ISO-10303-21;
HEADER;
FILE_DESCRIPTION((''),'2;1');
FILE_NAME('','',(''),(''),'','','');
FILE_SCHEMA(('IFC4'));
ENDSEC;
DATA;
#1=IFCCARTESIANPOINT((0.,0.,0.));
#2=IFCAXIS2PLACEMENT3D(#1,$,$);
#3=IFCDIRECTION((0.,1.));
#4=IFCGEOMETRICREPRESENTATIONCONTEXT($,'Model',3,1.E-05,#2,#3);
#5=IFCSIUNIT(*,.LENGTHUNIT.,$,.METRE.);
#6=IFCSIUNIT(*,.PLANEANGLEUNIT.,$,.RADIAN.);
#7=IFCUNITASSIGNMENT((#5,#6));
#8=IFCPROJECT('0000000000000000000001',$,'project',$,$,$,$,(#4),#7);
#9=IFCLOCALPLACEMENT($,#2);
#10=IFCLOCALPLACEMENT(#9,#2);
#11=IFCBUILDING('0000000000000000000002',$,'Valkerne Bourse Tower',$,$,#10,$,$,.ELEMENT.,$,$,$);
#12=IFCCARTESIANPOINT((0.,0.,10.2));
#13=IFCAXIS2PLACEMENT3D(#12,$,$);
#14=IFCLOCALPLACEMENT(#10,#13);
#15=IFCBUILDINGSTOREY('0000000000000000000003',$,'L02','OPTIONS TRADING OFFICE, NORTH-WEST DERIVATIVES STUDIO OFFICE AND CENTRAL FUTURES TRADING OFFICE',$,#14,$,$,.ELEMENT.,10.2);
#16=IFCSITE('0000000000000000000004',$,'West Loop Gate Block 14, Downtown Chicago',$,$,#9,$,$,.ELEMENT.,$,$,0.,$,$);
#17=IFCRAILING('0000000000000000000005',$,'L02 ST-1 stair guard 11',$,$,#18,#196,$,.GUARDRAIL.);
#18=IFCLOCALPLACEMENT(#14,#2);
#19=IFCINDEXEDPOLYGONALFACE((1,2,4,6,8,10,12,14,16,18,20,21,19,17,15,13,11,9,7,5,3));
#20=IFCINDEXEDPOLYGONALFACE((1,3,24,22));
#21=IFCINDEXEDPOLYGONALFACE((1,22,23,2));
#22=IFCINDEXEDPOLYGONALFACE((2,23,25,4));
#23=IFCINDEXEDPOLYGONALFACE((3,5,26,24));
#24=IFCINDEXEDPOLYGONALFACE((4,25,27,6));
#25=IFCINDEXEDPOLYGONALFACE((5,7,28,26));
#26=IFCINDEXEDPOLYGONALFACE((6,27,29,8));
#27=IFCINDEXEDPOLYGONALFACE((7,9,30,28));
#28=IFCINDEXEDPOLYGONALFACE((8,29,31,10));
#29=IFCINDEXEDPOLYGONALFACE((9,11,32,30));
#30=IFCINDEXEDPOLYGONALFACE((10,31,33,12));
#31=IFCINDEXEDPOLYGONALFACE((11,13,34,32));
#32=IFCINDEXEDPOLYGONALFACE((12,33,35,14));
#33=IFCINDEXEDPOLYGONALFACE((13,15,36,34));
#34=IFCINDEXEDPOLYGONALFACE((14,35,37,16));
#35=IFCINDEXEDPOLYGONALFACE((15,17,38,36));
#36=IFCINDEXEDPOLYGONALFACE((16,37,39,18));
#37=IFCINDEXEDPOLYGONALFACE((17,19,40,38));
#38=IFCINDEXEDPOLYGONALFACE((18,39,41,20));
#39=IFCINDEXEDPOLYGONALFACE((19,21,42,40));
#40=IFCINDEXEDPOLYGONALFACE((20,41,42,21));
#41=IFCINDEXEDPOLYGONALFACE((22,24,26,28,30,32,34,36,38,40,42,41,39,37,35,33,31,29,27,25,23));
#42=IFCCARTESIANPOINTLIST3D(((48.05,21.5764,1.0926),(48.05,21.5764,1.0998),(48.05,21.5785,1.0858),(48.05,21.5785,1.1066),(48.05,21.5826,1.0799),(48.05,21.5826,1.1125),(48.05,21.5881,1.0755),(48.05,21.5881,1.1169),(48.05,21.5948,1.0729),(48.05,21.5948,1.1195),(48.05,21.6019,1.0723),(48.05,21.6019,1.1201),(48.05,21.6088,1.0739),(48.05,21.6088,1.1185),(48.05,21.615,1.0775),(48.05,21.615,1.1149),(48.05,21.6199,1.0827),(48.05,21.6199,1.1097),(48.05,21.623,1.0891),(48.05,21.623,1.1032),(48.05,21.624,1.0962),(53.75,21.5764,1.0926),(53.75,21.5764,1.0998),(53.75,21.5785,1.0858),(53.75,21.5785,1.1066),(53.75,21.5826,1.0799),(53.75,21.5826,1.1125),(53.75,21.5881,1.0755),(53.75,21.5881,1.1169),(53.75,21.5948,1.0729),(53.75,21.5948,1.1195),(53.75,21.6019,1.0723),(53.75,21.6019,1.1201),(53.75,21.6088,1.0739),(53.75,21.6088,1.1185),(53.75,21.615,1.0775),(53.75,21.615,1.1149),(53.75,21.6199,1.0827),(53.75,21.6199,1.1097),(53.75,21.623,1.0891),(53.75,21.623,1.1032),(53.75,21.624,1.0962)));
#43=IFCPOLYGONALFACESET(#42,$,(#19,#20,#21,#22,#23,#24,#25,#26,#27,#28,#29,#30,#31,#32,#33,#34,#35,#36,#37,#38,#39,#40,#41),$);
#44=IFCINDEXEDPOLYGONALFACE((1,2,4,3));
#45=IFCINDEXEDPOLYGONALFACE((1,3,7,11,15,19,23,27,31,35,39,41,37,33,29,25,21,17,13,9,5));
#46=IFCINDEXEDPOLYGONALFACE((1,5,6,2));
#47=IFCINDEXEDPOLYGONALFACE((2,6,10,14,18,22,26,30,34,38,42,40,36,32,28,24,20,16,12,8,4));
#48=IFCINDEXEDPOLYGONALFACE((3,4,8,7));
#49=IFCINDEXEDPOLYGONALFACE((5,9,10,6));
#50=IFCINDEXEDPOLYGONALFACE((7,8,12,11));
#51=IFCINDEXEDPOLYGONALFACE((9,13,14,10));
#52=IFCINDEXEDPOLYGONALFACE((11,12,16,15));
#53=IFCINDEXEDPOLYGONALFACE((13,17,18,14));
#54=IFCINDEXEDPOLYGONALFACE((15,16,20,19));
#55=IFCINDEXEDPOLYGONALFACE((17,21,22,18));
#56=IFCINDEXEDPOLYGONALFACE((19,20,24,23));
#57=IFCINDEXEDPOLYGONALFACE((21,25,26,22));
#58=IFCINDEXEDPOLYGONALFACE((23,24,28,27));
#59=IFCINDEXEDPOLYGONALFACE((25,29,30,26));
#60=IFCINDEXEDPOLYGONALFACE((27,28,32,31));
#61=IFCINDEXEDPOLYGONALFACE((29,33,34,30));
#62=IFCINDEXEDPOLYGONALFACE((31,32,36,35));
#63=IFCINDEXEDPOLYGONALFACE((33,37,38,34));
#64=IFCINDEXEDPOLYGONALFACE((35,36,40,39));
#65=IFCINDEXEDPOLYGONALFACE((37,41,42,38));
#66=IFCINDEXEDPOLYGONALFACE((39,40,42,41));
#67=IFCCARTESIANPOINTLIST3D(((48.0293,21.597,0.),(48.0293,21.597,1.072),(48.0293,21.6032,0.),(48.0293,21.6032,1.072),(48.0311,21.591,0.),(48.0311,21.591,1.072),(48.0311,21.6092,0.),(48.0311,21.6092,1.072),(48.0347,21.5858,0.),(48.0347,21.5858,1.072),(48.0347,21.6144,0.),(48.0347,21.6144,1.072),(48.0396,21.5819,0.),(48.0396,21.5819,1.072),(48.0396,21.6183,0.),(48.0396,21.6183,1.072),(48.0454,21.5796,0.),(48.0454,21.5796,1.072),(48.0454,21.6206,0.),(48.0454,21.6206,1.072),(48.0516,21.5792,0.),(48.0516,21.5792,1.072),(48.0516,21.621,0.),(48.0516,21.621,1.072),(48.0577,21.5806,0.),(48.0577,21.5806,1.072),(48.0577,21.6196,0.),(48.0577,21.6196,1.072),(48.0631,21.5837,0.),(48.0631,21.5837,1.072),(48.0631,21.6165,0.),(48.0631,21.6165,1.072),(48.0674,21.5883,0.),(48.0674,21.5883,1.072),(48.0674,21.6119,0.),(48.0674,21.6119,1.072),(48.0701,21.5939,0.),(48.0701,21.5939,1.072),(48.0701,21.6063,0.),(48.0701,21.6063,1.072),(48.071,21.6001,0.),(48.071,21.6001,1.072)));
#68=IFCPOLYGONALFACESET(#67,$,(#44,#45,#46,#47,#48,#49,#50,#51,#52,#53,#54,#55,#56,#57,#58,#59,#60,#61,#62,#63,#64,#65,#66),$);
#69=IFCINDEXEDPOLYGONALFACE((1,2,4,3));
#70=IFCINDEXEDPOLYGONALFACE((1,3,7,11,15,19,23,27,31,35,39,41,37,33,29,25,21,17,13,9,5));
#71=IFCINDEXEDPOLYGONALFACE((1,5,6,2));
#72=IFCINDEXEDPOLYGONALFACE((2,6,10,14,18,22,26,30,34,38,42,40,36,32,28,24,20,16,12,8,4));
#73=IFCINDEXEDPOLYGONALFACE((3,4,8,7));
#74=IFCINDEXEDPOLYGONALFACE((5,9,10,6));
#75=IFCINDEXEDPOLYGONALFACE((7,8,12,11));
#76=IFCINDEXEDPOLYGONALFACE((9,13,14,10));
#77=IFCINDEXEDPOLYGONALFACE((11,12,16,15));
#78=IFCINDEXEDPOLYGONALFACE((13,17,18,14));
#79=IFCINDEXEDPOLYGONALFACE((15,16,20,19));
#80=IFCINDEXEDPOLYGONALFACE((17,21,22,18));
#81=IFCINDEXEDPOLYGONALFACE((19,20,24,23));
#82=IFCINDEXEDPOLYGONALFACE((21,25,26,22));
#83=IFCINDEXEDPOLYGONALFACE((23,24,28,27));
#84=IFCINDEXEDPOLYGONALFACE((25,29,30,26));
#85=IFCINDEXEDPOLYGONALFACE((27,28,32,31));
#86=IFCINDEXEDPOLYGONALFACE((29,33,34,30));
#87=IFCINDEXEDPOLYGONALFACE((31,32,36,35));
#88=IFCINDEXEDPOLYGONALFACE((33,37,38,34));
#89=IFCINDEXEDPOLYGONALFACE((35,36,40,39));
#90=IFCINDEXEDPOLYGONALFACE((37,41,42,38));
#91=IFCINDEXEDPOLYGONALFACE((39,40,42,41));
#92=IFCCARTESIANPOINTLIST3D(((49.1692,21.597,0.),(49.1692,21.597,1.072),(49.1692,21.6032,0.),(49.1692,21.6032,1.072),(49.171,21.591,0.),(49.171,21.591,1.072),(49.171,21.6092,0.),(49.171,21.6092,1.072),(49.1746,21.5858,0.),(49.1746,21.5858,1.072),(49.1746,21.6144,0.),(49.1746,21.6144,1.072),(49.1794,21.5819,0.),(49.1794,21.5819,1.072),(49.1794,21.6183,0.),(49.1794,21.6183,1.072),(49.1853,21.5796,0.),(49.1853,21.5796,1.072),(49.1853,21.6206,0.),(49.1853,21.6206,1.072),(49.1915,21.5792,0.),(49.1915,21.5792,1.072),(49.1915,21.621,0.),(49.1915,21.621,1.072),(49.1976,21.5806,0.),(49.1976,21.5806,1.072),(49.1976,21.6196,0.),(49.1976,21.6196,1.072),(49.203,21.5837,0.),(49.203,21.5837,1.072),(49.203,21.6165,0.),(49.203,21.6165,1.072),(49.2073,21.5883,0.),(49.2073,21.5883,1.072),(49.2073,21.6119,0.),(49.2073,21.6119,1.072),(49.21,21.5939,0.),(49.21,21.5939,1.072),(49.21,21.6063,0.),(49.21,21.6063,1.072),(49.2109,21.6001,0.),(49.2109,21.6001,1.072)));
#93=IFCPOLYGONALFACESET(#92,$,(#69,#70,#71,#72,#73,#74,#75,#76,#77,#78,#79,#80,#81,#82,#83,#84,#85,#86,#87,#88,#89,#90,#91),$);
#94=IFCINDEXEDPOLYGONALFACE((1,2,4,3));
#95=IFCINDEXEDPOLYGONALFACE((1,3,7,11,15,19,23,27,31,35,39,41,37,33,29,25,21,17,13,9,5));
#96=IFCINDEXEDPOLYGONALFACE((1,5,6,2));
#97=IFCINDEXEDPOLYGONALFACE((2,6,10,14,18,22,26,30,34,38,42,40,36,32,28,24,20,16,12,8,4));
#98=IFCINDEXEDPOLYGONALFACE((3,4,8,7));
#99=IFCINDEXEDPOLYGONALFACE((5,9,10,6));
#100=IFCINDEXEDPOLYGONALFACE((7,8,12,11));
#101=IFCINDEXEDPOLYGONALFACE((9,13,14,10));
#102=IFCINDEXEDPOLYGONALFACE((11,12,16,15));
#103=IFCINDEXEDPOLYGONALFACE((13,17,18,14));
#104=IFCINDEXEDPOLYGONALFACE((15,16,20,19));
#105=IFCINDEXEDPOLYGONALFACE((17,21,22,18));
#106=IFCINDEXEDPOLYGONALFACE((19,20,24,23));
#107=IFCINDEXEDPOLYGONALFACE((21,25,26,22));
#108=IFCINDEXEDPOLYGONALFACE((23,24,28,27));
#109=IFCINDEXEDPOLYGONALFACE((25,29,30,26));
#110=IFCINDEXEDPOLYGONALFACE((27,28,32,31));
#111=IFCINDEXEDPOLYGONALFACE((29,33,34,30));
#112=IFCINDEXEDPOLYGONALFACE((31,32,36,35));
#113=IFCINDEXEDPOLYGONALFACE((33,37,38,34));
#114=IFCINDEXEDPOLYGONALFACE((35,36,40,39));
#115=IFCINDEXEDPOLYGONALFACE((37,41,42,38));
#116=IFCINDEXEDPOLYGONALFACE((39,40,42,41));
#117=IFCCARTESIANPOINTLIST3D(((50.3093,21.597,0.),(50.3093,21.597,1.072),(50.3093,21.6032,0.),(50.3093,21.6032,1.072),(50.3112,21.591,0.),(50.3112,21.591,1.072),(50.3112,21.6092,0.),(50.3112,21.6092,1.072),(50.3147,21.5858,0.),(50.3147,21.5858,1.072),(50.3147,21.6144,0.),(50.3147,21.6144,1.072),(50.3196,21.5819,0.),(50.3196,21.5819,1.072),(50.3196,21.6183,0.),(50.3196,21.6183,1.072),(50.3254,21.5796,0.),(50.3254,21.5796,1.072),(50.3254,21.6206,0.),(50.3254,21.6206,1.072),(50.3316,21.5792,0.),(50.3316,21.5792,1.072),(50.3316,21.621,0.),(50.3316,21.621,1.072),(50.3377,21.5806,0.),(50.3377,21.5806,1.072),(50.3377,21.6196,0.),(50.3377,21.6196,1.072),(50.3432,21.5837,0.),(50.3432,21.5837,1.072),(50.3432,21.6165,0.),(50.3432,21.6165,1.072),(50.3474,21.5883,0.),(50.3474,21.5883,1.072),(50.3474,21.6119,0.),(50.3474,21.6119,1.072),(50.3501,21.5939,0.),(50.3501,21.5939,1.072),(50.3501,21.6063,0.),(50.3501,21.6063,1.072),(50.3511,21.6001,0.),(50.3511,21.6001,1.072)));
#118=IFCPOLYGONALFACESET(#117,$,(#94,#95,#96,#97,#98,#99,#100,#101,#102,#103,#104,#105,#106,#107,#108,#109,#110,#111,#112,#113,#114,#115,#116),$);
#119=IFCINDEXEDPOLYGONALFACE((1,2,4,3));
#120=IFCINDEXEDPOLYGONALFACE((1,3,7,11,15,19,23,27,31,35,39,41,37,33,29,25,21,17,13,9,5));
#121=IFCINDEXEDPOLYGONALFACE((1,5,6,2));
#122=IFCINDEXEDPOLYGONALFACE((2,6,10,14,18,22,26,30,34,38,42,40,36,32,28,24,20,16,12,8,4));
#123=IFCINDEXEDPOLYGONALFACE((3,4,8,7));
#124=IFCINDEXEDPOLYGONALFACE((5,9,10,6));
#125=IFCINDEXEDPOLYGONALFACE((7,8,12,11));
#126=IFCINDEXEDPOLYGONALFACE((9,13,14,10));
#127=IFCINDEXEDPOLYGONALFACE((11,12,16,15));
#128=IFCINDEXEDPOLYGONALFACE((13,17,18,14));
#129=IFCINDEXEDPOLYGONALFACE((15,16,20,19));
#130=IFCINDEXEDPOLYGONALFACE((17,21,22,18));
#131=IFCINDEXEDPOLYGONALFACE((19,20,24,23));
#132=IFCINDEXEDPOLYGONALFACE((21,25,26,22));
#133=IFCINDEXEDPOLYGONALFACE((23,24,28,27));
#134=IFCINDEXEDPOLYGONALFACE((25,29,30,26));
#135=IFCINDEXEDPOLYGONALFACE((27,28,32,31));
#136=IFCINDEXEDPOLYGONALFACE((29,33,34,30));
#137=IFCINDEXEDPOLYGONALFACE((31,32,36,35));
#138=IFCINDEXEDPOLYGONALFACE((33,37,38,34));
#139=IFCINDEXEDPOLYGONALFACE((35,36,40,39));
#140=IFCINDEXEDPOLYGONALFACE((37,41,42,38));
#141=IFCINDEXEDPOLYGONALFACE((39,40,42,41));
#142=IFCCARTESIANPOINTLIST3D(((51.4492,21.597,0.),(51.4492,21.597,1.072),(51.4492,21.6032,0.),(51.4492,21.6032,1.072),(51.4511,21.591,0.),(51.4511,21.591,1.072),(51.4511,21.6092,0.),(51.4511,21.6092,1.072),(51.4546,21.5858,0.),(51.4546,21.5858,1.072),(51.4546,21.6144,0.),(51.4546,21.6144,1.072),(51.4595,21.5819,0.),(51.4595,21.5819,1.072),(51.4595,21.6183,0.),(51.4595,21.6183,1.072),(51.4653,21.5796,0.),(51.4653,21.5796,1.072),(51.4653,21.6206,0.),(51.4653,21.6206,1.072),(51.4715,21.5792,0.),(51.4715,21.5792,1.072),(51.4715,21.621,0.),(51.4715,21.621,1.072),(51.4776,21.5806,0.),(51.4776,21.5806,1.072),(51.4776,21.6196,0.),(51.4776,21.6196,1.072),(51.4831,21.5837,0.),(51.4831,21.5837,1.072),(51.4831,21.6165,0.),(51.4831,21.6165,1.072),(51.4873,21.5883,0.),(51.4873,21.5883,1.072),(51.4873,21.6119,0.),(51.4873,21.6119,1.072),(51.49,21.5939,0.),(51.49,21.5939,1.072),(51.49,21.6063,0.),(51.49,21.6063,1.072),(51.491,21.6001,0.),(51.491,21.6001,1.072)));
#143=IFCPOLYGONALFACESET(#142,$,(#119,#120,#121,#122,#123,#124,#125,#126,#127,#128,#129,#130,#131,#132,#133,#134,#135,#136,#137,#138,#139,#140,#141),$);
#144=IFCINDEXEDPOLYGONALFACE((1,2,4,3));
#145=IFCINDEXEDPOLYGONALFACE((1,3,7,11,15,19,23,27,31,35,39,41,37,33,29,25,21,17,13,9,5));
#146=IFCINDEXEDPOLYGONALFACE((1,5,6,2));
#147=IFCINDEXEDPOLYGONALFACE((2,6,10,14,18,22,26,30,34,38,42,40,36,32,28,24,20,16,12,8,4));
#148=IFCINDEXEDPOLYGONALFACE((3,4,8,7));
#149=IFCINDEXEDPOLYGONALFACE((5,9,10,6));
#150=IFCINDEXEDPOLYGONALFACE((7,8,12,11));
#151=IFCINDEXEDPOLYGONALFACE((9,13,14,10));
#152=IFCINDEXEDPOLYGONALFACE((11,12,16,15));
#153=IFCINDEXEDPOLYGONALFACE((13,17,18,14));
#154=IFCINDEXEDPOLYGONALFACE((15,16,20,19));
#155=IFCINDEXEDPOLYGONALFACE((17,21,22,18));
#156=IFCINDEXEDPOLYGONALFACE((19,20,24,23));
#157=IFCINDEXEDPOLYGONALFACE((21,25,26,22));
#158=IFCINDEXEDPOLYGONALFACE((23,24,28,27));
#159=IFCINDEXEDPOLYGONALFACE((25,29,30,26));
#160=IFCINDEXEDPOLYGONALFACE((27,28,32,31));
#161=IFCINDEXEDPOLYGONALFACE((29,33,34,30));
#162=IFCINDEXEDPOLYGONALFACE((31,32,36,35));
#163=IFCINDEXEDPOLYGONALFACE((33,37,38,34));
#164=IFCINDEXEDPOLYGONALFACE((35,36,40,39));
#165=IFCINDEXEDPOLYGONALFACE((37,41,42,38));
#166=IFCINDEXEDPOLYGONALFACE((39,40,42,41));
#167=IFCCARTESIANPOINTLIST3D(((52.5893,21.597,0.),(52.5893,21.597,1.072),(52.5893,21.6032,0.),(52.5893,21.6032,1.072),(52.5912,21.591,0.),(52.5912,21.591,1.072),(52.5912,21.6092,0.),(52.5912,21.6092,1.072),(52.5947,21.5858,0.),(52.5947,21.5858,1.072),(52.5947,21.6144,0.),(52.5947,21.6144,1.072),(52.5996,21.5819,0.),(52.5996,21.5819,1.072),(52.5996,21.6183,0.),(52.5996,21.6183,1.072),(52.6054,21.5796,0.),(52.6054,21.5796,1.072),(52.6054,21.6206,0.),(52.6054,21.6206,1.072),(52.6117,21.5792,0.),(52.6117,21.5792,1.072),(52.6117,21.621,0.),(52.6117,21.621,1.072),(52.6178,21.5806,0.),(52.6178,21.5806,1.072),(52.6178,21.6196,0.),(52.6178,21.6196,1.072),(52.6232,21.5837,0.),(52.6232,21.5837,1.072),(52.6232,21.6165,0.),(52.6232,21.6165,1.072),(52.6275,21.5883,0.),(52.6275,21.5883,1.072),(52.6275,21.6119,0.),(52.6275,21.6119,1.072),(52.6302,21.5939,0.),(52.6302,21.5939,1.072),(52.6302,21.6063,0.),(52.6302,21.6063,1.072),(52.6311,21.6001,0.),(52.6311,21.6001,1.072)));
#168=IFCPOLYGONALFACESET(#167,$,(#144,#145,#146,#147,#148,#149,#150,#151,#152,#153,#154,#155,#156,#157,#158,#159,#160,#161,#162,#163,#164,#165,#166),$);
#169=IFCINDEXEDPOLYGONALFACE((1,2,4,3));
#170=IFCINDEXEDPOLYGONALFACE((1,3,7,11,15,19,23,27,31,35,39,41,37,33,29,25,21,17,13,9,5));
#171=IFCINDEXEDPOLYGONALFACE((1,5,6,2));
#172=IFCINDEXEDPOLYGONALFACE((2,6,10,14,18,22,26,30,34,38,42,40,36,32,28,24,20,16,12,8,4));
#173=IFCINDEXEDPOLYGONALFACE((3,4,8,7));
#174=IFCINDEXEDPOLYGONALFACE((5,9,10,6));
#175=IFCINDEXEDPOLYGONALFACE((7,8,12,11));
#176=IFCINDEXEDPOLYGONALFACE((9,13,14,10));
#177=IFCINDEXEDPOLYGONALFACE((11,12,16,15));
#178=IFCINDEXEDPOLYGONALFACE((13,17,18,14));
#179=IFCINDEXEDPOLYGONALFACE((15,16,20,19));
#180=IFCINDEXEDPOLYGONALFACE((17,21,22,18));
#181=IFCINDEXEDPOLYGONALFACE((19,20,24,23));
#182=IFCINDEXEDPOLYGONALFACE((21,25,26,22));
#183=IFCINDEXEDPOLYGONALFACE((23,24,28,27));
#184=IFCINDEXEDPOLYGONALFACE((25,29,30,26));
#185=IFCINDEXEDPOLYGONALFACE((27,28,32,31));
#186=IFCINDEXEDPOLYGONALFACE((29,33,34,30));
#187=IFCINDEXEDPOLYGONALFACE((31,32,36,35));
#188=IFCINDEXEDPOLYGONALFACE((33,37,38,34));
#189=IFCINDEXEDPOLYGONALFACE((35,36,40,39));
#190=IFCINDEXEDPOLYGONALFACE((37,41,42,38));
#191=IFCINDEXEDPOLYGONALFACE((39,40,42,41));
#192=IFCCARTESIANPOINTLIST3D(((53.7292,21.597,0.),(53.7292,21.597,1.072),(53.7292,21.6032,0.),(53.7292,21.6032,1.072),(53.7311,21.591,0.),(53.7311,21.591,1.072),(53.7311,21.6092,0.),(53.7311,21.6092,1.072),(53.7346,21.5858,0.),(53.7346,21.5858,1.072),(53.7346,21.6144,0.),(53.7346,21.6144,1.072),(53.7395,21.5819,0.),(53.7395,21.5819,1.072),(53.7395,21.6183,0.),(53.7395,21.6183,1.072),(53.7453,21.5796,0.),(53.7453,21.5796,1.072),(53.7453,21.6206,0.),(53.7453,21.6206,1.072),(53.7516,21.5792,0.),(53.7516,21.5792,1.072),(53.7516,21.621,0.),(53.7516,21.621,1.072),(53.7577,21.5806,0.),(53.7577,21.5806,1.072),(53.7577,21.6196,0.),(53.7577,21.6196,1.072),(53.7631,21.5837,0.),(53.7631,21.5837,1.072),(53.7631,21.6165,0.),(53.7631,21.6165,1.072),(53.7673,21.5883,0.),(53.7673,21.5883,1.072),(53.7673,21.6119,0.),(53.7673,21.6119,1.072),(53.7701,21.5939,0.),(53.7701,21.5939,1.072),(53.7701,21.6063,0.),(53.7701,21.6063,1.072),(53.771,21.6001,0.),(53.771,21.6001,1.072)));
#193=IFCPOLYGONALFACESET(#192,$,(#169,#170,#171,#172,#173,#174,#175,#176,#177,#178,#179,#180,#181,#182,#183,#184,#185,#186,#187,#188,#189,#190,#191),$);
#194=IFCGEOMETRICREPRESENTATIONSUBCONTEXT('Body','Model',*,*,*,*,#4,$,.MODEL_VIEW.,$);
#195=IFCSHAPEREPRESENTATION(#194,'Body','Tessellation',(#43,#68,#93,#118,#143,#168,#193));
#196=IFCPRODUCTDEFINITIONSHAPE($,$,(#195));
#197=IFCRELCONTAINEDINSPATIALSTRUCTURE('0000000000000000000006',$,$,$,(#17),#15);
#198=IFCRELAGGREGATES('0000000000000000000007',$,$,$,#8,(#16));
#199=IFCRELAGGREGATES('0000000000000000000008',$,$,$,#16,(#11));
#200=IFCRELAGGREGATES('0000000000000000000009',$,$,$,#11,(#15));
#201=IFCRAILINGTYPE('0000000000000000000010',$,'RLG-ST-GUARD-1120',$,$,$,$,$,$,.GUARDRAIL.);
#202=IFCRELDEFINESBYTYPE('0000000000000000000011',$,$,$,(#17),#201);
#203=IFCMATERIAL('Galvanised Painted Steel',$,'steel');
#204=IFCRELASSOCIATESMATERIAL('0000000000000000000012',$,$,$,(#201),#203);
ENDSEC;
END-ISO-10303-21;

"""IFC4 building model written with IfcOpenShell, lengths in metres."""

from ifc_helpers import new_model, si_unit, direction, frame, origin, origin_2d, place, context, subcontext, project, spatial, circle, extrude, material, type_object, element, save


model = new_model("IFC4")

# Units and contexts
model_context = context("Model", 3, precision=1e-05, world=origin(), true_north=direction((0.0, 1.0)))
body_context = subcontext(model_context, "Body", "Model", "MODEL_VIEW")
ifc_project = project(units=[si_unit("LENGTHUNIT", "METRE"), si_unit("PLANEANGLEUNIT", "RADIAN")], contexts=[model_context])

# Site, building, storey
site_placement = place(None, origin())
site = spatial("IfcSite", under=ifc_project, at=site_placement, Name="West Loop Gate Block 14, Downtown Chicago", CompositionType="ELEMENT", RefElevation=0.0)
building_placement = place(site_placement, origin())
building = spatial("IfcBuilding", under=site, at=building_placement, Name="Valkerne Bourse Tower", CompositionType="ELEMENT")
storey_placement = place(building_placement, frame((0.0, 0.0, 10.2)))
storey = spatial("IfcBuildingStorey", under=building, at=storey_placement, Name="L02", Description="OPTIONS TRADING OFFICE, NORTH-WEST DERIVATIVES STUDIO OFFICE AND CENTRAL FUTURES TRADING OFFICE", CompositionType="ELEMENT", Elevation=10.2)

# Shared definitions
ifc_material_1 = material(Name="Galvanised Painted Steel", Category="steel")

# Railing
railing_type_1 = type_object("IfcRailingType", Name="RLG-ST-GUARD-1120", PredefinedType="GUARDRAIL", material=ifc_material_1)
railing_1_placement = place(storey_placement, frame((48.05, 21.6001, 0.0)))
element("IfcRailing", 1, at=railing_1_placement, inside=storey, type_object=railing_type_1, Name="L02 ST-1 stair guard 11", PredefinedType="GUARDRAIL", context=body_context, shape_type="SweptSolid", body=[
    extrude(circle(Radius=0.0239, at=origin_2d()), frame((0.0, 0.0, 1.0962), z_axis=(1.0, 0.0, 0.0), x_axis=(0.0, 1.0, 0.0)), (0.0, 0.0, 1.0), 5.7),
    extrude(circle(Radius=0.021, at=origin_2d()), origin(), (0.0, 0.0, 1.0), 1.072),
    extrude(circle(Radius=0.021, at=origin_2d()), frame((1.1399, 0.0, 0.0)), (0.0, 0.0, 1.0), 1.072),
    extrude(circle(Radius=0.021, at=origin_2d()), frame((2.28, 0.0, 0.0)), (0.0, 0.0, 1.0), 1.072),
    extrude(circle(Radius=0.021, at=origin_2d()), frame((3.4199, 0.0, 0.0)), (0.0, 0.0, 1.0), 1.072),
    extrude(circle(Radius=0.021, at=origin_2d()), frame((4.5601, 0.0, 0.0)), (0.0, 0.0, 1.0), 1.072),
    extrude(circle(Radius=0.021, at=origin_2d()), frame((5.7, 0.0, 0.0)), (0.0, 0.0, 1.0), 1.072),
])

save(model, "model.ifc")
